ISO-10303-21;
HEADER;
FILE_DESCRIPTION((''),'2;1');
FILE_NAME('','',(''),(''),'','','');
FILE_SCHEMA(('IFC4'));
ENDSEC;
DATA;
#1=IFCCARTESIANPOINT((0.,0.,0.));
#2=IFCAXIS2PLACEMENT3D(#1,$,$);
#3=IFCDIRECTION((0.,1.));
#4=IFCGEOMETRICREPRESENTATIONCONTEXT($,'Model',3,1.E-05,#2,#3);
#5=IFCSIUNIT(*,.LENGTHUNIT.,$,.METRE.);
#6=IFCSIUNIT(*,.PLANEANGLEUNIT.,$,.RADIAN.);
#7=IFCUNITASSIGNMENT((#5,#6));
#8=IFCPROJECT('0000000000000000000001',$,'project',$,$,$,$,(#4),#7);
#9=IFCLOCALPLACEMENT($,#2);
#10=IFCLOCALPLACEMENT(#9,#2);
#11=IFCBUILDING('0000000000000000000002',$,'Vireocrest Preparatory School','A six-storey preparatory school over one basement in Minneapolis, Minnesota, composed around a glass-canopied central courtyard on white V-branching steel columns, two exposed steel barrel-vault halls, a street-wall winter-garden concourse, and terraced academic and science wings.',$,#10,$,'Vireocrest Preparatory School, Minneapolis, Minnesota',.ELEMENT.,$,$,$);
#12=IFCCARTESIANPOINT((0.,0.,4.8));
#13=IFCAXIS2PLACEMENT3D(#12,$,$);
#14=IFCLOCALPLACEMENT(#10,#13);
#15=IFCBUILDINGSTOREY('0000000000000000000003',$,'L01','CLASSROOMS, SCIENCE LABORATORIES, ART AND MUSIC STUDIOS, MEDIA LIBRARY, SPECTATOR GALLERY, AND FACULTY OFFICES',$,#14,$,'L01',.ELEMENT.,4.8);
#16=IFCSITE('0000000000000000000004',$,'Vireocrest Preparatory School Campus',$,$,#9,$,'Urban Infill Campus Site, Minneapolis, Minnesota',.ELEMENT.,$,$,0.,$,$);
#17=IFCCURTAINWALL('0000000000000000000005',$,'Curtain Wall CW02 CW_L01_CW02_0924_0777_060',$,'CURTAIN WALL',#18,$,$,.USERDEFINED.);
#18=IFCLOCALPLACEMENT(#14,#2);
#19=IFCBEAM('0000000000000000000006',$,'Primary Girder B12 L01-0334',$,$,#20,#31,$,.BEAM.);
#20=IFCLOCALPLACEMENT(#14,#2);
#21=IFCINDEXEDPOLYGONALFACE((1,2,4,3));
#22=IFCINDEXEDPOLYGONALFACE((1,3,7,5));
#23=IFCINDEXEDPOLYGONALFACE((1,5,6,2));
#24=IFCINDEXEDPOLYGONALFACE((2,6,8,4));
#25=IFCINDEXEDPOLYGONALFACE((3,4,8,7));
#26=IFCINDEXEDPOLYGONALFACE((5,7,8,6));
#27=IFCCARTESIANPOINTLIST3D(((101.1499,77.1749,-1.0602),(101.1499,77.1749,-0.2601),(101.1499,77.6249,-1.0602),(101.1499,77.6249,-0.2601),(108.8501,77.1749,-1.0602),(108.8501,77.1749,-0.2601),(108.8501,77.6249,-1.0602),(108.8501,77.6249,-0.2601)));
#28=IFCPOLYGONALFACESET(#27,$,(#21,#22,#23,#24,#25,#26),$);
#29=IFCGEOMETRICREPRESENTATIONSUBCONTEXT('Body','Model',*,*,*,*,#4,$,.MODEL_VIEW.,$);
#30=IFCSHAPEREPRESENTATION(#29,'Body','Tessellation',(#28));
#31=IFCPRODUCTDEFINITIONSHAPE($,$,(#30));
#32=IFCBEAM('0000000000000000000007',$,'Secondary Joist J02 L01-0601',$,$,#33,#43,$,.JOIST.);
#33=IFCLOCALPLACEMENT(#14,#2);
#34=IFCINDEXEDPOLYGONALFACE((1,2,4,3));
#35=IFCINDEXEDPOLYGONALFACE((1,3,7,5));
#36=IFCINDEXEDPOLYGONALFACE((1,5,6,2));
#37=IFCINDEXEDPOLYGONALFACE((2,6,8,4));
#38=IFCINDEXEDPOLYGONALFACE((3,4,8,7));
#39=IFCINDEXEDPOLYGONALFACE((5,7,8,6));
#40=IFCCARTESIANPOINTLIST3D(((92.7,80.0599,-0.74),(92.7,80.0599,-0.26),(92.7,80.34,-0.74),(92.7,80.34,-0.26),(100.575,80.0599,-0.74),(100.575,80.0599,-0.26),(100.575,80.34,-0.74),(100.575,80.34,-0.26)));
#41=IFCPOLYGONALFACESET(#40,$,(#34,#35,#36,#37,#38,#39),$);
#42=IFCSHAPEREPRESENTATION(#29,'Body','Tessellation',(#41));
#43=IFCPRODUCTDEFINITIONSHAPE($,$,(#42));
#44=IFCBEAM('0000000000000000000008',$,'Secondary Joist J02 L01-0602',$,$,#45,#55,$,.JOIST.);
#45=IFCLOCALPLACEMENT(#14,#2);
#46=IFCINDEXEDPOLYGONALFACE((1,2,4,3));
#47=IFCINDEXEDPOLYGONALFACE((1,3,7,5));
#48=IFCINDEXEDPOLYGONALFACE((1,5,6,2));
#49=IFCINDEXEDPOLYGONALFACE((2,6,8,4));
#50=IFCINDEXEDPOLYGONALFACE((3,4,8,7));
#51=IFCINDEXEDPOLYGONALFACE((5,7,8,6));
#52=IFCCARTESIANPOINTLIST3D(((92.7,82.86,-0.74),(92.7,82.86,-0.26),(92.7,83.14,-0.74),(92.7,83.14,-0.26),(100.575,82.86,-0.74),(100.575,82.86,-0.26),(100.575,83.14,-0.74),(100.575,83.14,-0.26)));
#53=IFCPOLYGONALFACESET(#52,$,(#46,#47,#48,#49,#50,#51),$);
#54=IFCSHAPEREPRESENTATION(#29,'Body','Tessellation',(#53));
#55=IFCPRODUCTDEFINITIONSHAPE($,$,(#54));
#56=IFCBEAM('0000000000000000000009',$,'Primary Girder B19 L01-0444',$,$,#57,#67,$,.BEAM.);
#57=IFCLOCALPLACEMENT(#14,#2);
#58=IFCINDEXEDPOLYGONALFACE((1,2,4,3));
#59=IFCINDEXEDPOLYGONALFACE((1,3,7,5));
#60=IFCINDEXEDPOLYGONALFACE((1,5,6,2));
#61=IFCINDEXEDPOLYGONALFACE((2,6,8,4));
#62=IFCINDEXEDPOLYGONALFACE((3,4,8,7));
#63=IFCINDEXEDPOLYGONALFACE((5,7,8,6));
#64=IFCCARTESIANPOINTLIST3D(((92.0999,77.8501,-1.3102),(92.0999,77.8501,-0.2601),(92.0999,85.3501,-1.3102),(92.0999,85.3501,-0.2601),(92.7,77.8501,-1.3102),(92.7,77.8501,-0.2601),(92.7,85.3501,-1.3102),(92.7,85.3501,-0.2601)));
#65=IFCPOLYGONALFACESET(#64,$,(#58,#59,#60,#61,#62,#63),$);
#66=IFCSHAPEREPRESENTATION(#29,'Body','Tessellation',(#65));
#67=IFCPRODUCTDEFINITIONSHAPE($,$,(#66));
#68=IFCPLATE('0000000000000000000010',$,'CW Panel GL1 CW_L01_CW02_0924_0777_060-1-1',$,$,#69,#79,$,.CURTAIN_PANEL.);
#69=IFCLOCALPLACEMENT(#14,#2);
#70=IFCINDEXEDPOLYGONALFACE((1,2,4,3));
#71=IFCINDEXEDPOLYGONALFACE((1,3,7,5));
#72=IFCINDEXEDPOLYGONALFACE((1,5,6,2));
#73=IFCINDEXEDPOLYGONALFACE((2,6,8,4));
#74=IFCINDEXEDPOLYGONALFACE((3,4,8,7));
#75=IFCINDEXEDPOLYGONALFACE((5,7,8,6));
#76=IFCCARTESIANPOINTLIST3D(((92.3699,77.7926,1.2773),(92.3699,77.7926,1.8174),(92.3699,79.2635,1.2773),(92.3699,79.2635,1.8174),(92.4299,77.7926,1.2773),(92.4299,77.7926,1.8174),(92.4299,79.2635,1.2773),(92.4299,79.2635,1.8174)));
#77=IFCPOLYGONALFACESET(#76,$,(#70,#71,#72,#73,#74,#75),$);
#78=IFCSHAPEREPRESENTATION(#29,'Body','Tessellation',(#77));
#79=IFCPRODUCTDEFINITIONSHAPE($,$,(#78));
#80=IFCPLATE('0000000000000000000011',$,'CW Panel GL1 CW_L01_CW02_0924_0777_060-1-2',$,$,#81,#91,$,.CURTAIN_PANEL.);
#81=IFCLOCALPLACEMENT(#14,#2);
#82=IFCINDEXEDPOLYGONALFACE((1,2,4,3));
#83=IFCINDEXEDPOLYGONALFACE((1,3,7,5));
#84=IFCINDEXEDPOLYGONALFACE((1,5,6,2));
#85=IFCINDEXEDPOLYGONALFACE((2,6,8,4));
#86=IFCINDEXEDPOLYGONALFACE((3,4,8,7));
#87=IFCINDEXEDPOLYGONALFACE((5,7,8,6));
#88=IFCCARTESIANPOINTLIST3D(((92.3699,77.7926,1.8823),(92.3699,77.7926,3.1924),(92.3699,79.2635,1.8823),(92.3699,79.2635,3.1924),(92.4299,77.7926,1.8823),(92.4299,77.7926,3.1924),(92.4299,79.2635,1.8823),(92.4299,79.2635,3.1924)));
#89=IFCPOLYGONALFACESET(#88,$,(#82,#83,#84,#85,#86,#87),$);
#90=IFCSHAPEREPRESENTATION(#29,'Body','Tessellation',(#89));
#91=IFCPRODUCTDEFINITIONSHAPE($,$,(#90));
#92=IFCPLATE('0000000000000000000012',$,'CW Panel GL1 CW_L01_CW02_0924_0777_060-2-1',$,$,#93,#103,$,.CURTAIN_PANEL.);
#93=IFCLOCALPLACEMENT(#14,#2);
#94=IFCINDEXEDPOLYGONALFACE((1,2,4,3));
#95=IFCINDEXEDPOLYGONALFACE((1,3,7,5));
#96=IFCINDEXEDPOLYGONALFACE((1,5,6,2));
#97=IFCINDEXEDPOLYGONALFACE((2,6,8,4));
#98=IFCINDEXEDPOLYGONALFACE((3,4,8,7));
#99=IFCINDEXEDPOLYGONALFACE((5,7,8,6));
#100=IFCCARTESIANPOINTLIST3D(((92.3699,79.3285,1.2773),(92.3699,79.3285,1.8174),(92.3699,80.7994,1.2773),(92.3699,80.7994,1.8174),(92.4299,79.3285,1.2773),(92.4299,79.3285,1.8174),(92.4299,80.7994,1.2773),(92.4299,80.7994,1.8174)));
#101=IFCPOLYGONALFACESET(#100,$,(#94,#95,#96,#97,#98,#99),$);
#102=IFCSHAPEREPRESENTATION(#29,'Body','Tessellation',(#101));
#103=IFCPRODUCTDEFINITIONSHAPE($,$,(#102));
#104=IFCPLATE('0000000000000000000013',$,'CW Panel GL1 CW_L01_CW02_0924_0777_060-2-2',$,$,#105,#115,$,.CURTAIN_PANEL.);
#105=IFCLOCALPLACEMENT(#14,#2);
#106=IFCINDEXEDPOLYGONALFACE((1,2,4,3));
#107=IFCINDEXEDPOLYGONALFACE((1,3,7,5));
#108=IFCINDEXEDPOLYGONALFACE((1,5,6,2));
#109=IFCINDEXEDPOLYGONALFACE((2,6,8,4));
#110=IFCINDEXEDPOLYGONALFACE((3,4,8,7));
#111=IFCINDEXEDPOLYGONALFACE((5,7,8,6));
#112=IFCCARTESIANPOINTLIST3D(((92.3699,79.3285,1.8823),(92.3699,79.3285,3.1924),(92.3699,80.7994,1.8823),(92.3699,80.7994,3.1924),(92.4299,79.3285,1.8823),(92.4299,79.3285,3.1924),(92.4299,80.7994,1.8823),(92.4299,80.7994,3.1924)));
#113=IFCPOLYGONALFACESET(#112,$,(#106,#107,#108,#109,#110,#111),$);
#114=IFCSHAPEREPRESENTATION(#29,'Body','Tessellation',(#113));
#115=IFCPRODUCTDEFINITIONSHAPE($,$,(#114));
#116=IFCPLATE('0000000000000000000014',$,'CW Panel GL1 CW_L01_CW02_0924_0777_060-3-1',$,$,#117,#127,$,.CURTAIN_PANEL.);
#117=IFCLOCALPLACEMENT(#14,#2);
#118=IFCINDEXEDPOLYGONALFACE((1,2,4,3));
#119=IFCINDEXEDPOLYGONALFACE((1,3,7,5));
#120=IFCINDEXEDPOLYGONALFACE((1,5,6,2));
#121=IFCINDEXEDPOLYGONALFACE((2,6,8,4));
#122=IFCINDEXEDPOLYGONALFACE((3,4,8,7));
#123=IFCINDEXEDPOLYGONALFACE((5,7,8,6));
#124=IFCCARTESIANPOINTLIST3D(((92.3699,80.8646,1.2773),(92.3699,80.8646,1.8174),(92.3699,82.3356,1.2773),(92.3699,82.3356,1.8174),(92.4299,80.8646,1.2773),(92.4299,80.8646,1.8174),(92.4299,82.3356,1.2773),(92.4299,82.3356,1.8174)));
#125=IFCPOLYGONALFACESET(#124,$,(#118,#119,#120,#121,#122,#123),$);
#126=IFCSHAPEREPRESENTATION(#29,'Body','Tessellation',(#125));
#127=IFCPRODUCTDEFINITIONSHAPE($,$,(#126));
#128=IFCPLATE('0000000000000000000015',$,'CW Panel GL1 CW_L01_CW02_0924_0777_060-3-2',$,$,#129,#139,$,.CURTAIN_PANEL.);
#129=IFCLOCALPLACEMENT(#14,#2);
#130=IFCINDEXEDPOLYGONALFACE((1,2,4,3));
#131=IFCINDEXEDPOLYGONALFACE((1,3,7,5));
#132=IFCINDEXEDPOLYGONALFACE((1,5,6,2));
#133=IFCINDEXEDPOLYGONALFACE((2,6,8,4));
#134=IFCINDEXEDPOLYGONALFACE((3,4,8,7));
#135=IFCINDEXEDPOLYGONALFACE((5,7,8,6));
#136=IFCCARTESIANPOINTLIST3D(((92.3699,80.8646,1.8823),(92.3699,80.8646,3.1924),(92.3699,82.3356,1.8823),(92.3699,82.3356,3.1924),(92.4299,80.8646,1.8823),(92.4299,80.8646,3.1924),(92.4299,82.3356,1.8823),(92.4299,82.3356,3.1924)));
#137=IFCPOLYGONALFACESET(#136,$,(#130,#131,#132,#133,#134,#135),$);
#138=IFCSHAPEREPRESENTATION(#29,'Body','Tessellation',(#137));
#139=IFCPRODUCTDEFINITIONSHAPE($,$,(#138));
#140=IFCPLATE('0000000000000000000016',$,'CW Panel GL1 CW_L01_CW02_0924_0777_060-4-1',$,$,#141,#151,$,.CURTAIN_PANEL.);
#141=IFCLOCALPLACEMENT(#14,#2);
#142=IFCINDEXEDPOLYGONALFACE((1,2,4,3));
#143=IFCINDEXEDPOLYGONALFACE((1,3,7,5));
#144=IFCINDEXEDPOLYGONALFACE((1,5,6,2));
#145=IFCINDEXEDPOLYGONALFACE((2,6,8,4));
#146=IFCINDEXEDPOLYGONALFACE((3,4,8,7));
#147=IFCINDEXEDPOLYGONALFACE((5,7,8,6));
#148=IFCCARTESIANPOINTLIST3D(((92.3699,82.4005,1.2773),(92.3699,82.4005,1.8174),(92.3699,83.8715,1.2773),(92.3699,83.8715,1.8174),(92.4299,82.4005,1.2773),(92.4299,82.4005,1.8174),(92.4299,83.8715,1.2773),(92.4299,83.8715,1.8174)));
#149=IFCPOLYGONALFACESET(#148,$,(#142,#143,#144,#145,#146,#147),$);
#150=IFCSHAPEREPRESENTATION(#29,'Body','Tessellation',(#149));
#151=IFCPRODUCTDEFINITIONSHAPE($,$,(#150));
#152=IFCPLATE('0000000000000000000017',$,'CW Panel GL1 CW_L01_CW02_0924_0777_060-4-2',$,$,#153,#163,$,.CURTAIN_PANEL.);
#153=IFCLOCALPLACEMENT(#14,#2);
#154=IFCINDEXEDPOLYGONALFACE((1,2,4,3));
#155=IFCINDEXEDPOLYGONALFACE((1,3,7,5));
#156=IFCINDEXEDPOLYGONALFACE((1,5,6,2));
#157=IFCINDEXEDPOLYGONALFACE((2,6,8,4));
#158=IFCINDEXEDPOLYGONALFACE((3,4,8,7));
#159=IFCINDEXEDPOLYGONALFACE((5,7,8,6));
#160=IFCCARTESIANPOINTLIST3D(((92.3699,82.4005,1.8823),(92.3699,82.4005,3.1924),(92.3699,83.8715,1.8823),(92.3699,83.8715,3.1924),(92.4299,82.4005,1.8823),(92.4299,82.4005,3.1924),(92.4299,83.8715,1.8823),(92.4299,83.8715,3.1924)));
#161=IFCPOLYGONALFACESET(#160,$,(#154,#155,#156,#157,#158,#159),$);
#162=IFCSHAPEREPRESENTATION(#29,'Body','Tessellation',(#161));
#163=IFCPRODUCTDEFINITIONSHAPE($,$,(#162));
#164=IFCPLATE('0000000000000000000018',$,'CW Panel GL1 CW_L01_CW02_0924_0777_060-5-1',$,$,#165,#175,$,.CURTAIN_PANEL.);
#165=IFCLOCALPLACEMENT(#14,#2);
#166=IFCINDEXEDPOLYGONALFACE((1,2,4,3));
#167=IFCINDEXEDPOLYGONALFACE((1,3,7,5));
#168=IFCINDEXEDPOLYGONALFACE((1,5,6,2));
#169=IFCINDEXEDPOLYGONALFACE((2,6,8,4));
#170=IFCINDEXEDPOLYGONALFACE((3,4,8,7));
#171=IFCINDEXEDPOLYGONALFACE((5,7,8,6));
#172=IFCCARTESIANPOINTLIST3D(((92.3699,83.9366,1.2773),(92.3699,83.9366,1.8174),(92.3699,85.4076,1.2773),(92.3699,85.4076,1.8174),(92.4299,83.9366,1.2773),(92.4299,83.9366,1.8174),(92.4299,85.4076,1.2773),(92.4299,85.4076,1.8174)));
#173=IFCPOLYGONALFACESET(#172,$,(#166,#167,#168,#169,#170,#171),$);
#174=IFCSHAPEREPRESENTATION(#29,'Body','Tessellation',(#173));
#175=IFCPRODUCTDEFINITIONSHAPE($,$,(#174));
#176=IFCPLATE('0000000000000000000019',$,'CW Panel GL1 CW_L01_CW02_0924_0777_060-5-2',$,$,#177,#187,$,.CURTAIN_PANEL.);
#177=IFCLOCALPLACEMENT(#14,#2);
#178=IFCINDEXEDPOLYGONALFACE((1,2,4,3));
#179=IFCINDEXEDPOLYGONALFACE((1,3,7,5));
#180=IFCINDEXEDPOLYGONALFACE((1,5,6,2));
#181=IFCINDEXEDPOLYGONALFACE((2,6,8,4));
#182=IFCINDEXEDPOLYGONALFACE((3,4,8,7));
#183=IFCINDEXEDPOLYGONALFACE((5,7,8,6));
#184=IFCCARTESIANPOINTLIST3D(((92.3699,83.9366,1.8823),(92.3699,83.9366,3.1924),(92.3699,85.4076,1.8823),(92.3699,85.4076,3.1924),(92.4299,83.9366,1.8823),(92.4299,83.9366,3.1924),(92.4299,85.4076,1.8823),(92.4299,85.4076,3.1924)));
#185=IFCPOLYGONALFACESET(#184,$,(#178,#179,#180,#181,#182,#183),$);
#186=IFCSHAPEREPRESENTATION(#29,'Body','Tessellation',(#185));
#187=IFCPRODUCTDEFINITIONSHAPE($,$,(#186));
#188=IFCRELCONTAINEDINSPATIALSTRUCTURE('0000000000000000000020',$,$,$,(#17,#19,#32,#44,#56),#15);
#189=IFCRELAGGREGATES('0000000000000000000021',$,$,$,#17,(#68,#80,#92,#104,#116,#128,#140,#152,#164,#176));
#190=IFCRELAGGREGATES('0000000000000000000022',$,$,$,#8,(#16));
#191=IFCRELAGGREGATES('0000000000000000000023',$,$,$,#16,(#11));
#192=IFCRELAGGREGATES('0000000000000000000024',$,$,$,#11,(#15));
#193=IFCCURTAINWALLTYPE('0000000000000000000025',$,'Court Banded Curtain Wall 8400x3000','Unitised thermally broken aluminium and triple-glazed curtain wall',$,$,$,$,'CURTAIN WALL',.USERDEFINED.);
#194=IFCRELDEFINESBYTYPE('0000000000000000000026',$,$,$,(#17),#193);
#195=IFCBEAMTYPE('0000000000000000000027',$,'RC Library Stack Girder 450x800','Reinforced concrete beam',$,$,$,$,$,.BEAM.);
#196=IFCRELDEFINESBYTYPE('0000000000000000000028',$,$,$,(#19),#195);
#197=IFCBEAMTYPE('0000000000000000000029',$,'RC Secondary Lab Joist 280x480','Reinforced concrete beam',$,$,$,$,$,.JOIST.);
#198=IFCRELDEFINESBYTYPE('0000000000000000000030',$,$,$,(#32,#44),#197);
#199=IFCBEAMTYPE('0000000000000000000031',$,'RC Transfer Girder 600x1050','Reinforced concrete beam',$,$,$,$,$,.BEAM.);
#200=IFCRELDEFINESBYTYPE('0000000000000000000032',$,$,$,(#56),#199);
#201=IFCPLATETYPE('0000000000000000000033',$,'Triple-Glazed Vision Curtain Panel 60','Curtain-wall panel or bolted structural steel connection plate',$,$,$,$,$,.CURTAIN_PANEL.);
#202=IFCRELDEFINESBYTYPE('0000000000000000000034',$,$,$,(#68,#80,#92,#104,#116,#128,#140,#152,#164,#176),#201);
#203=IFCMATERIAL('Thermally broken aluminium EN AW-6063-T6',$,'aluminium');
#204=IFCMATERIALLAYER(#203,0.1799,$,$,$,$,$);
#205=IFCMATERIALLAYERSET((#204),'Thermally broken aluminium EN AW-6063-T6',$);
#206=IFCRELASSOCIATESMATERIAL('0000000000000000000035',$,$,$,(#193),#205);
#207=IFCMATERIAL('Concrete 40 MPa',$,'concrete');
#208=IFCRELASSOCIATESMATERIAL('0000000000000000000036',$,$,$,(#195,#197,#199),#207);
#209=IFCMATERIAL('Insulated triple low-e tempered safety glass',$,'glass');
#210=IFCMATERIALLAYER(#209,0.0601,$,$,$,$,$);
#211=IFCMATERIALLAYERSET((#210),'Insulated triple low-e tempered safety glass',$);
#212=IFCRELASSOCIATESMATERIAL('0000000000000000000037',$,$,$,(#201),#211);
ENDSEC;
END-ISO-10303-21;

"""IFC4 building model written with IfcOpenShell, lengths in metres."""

from ifc_helpers import new_model, si_unit, direction, frame, origin, origin_2d, place, context, subcontext, project, spatial, rectangle, extrude, material, layer, layer_set, material_profile, profile_set, type_object, element, aggregate, save


model = new_model("IFC4")

# Units and contexts
model_context = context("Model", 3, precision=1e-05, world=origin(), true_north=direction((0.0, 1.0)))
body_context = subcontext(model_context, "Body", "Model", "MODEL_VIEW")
ifc_project = project(units=[si_unit("LENGTHUNIT", "METRE"), si_unit("PLANEANGLEUNIT", "RADIAN")], contexts=[model_context])

# Site, building, storey
site_placement = place(None, origin())
site = spatial("IfcSite", under=ifc_project, at=site_placement, Name="Vireocrest Preparatory School Campus", LongName="Urban Infill Campus Site, Minneapolis, Minnesota", CompositionType="ELEMENT", RefElevation=0.0)
building_placement = place(site_placement, origin())
building = spatial("IfcBuilding", under=site, at=building_placement, Name="Vireocrest Preparatory School", Description="A six-storey preparatory school over one basement in Minneapolis, Minnesota, composed around a glass-canopied central courtyard on white V-branching steel columns, two exposed steel barrel-vault halls, a street-wall winter-garden concourse, and terraced academic and science wings.", LongName="Vireocrest Preparatory School, Minneapolis, Minnesota", CompositionType="ELEMENT")
storey_placement = place(building_placement, frame((0.0, 0.0, 4.8)))
storey = spatial("IfcBuildingStorey", under=building, at=storey_placement, Name="L01", Description="CLASSROOMS, SCIENCE LABORATORIES, ART AND MUSIC STUDIOS, MEDIA LIBRARY, SPECTATOR GALLERY, AND FACULTY OFFICES", LongName="L01", CompositionType="ELEMENT", Elevation=4.8)

# Curtain wall
ifc_material_1 = material(Name="Thermally broken aluminium EN AW-6063-T6", Category="aluminium")
ifc_layer_1 = layer(ifc_material_1, 0.1799)
ifc_layer_set_1 = layer_set([ifc_layer_1], Name="Thermally broken aluminium EN AW-6063-T6")
curtain_wall_type = type_object("IfcCurtainWallType", Name="Court Banded Curtain Wall 8400x3000", Description="Unitised thermally broken aluminium and triple-glazed curtain wall", ElementType="CURTAIN WALL", PredefinedType="USERDEFINED", material=ifc_layer_set_1)
curtain_wall_placement = place(storey_placement, origin())
curtain_wall = element("IfcCurtainWall", 1, at=curtain_wall_placement, inside=storey, type_object=curtain_wall_type, Name="Curtain Wall CW02 CW_L01_CW02_0924_0777_060", ObjectType="CURTAIN WALL", PredefinedType="USERDEFINED")

# Beams
ifc_material_2 = material(Name="Concrete 40 MPa", Category="concrete")
ifc_material_profile_1 = material_profile(ifc_material_2, rectangle(XDim=0.45, YDim=0.8, at=origin_2d()), Name="RC 450x800")
ifc_profile_set_1 = profile_set([ifc_material_profile_1], Name="Concrete 40 MPa")
beam_type_1 = type_object("IfcBeamType", Name="RC Library Stack Girder 450x800", Description="Reinforced concrete beam", PredefinedType="BEAM", material=ifc_profile_set_1)
beam_1_placement = place(storey_placement, frame((101.1499, 77.3999, -0.6602), z_axis=(1.0, 0.0, 0.0), x_axis=(0.0, 1.0, 0.0)))
element("IfcBeam", 2, at=beam_1_placement, inside=storey, type_object=beam_type_1, Name="Primary Girder B12 L01-0334", PredefinedType="BEAM", context=body_context, shape_type="SweptSolid", body=[
    extrude(rectangle(XDim=0.45, YDim=0.8, at=origin_2d()), origin(), (0.0, 0.0, 1.0), 7.7002),
])
ifc_material_profile_2 = material_profile(ifc_material_2, rectangle(XDim=0.28, YDim=0.48, at=origin_2d()), Name="RC 280x480")
ifc_profile_set_2 = profile_set([ifc_material_profile_2], Name="Concrete 40 MPa")
beam_type_2 = type_object("IfcBeamType", Name="RC Secondary Lab Joist 280x480", Description="Reinforced concrete beam", PredefinedType="JOIST", material=ifc_profile_set_2)
for number, where, z_axis, x_axis, name in (
    (3, (92.7, 80.2, -0.5), (1.0, 0.0, 0.0), (0.0, 1.0, 0.0), "Secondary Joist J02 L01-0601"),
    (4, (92.7, 83.0, -0.5), (1.0, 0.0, 0.0), (0.0, 1.0, 0.0), "Secondary Joist J02 L01-0602"),
):
    element("IfcBeam", number, at=place(storey_placement, frame(where, z_axis=z_axis, x_axis=x_axis)), inside=storey, type_object=beam_type_2, Name=name, PredefinedType="JOIST", context=body_context, shape_type="SweptSolid", body=[
        extrude(rectangle(XDim=0.28, YDim=0.48, at=origin_2d()), origin(), (0.0, 0.0, 1.0), 7.875),
    ])
ifc_material_profile_3 = material_profile(ifc_material_2, rectangle(XDim=0.6001, YDim=1.05, at=origin_2d()), Name="RC 600x1050")
ifc_profile_set_3 = profile_set([ifc_material_profile_3], Name="Concrete 40 MPa")
beam_type_3 = type_object("IfcBeamType", Name="RC Transfer Girder 600x1050", Description="Reinforced concrete beam", PredefinedType="BEAM", material=ifc_profile_set_3)
beam_2_placement = place(storey_placement, frame((92.3999, 77.8501, -0.7852), z_axis=(0.0, 1.0, 0.0), x_axis=(-1.0, 0.0, 0.0)))
element("IfcBeam", 5, at=beam_2_placement, inside=storey, type_object=beam_type_3, Name="Primary Girder B19 L01-0444", PredefinedType="BEAM", context=body_context, shape_type="SweptSolid", body=[
    extrude(rectangle(XDim=0.6001, YDim=1.05, at=origin_2d()), origin(), (0.0, 0.0, 1.0), 7.5),
])

# Plates
ifc_material_3 = material(Name="Insulated triple low-e tempered safety glass", Category="glass")
ifc_layer_2 = layer(ifc_material_3, 0.0601)
ifc_layer_set_2 = layer_set([ifc_layer_2], Name="Insulated triple low-e tempered safety glass")
plate_type = type_object("IfcPlateType", Name="Triple-Glazed Vision Curtain Panel 60", Description="Curtain-wall panel or bolted structural steel connection plate", PredefinedType="CURTAIN_PANEL", material=ifc_layer_set_2)
plate_1_placement = place(storey_placement, frame((92.3999, 78.5281, 1.2773), z_axis=(0.0, 0.0, 1.0), x_axis=(0.0, 1.0, 0.0)))
plate_1 = element("IfcPlate", 6, at=plate_1_placement, type_object=plate_type, Name="CW Panel GL1 CW_L01_CW02_0924_0777_060-1-1", PredefinedType="CURTAIN_PANEL", context=body_context, shape_type="SweptSolid", body=[
    extrude(rectangle(XDim=1.4709, YDim=0.0601, at=origin_2d()), origin(), (0.0, 0.0, 1.0), 0.54),
])
plate_2_placement = place(storey_placement, frame((92.3999, 78.5281, 1.8823), z_axis=(0.0, 0.0, 1.0), x_axis=(0.0, 1.0, 0.0)))
plate_2 = element("IfcPlate", 7, at=plate_2_placement, type_object=plate_type, Name="CW Panel GL1 CW_L01_CW02_0924_0777_060-1-2", PredefinedType="CURTAIN_PANEL", context=body_context, shape_type="SweptSolid", body=[
    extrude(rectangle(XDim=1.4709, YDim=0.0601, at=origin_2d()), origin(), (0.0, 0.0, 1.0), 1.3101),
])
plate_3_placement = place(storey_placement, frame((92.3999, 80.064, 1.2773), z_axis=(0.0, 0.0, 1.0), x_axis=(0.0, 1.0, 0.0)))
plate_3 = element("IfcPlate", 8, at=plate_3_placement, type_object=plate_type, Name="CW Panel GL1 CW_L01_CW02_0924_0777_060-2-1", PredefinedType="CURTAIN_PANEL", context=body_context, shape_type="SweptSolid", body=[
    extrude(rectangle(XDim=1.4709, YDim=0.0601, at=origin_2d()), origin(), (0.0, 0.0, 1.0), 0.54),
])
plate_4_placement = place(storey_placement, frame((92.3999, 80.064, 1.8823), z_axis=(0.0, 0.0, 1.0), x_axis=(0.0, 1.0, 0.0)))
plate_4 = element("IfcPlate", 9, at=plate_4_placement, type_object=plate_type, Name="CW Panel GL1 CW_L01_CW02_0924_0777_060-2-2", PredefinedType="CURTAIN_PANEL", context=body_context, shape_type="SweptSolid", body=[
    extrude(rectangle(XDim=1.4709, YDim=0.0601, at=origin_2d()), origin(), (0.0, 0.0, 1.0), 1.3101),
])
plate_5_placement = place(storey_placement, frame((92.3999, 81.6001, 1.2773), z_axis=(0.0, 0.0, 1.0), x_axis=(0.0, 1.0, 0.0)))
plate_5 = element("IfcPlate", 10, at=plate_5_placement, type_object=plate_type, Name="CW Panel GL1 CW_L01_CW02_0924_0777_060-3-1", PredefinedType="CURTAIN_PANEL", context=body_context, shape_type="SweptSolid", body=[
    extrude(rectangle(XDim=1.4709, YDim=0.0601, at=origin_2d()), origin(), (0.0, 0.0, 1.0), 0.54),
])
plate_6_placement = place(storey_placement, frame((92.3999, 81.6001, 1.8823), z_axis=(0.0, 0.0, 1.0), x_axis=(0.0, 1.0, 0.0)))
plate_6 = element("IfcPlate", 11, at=plate_6_placement, type_object=plate_type, Name="CW Panel GL1 CW_L01_CW02_0924_0777_060-3-2", PredefinedType="CURTAIN_PANEL", context=body_context, shape_type="SweptSolid", body=[
    extrude(rectangle(XDim=1.4709, YDim=0.0601, at=origin_2d()), origin(), (0.0, 0.0, 1.0), 1.3101),
])
plate_7_placement = place(storey_placement, frame((92.3999, 83.136, 1.2773), z_axis=(0.0, 0.0, 1.0), x_axis=(0.0, 1.0, 0.0)))
plate_7 = element("IfcPlate", 12, at=plate_7_placement, type_object=plate_type, Name="CW Panel GL1 CW_L01_CW02_0924_0777_060-4-1", PredefinedType="CURTAIN_PANEL", context=body_context, shape_type="SweptSolid", body=[
    extrude(rectangle(XDim=1.4709, YDim=0.0601, at=origin_2d()), origin(), (0.0, 0.0, 1.0), 0.54),
])
plate_8_placement = place(storey_placement, frame((92.3999, 83.136, 1.8823), z_axis=(0.0, 0.0, 1.0), x_axis=(0.0, 1.0, 0.0)))
plate_8 = element("IfcPlate", 13, at=plate_8_placement, type_object=plate_type, Name="CW Panel GL1 CW_L01_CW02_0924_0777_060-4-2", PredefinedType="CURTAIN_PANEL", context=body_context, shape_type="SweptSolid", body=[
    extrude(rectangle(XDim=1.4709, YDim=0.0601, at=origin_2d()), origin(), (0.0, 0.0, 1.0), 1.3101),
])
plate_9_placement = place(storey_placement, frame((92.3999, 84.6721, 1.2773), z_axis=(0.0, 0.0, 1.0), x_axis=(0.0, 1.0, 0.0)))
plate_9 = element("IfcPlate", 14, at=plate_9_placement, type_object=plate_type, Name="CW Panel GL1 CW_L01_CW02_0924_0777_060-5-1", PredefinedType="CURTAIN_PANEL", context=body_context, shape_type="SweptSolid", body=[
    extrude(rectangle(XDim=1.4709, YDim=0.0601, at=origin_2d()), origin(), (0.0, 0.0, 1.0), 0.54),
])
plate_10_placement = place(storey_placement, frame((92.3999, 84.6721, 1.8823), z_axis=(0.0, 0.0, 1.0), x_axis=(0.0, 1.0, 0.0)))
plate_10 = element("IfcPlate", 15, at=plate_10_placement, type_object=plate_type, Name="CW Panel GL1 CW_L01_CW02_0924_0777_060-5-2", PredefinedType="CURTAIN_PANEL", context=body_context, shape_type="SweptSolid", body=[
    extrude(rectangle(XDim=1.4709, YDim=0.0601, at=origin_2d()), origin(), (0.0, 0.0, 1.0), 1.3101),
])
aggregate(curtain_wall, [plate_1, plate_2, plate_3, plate_4, plate_5, plate_6, plate_7, plate_8, plate_9, plate_10])

save(model, "model.ifc")
